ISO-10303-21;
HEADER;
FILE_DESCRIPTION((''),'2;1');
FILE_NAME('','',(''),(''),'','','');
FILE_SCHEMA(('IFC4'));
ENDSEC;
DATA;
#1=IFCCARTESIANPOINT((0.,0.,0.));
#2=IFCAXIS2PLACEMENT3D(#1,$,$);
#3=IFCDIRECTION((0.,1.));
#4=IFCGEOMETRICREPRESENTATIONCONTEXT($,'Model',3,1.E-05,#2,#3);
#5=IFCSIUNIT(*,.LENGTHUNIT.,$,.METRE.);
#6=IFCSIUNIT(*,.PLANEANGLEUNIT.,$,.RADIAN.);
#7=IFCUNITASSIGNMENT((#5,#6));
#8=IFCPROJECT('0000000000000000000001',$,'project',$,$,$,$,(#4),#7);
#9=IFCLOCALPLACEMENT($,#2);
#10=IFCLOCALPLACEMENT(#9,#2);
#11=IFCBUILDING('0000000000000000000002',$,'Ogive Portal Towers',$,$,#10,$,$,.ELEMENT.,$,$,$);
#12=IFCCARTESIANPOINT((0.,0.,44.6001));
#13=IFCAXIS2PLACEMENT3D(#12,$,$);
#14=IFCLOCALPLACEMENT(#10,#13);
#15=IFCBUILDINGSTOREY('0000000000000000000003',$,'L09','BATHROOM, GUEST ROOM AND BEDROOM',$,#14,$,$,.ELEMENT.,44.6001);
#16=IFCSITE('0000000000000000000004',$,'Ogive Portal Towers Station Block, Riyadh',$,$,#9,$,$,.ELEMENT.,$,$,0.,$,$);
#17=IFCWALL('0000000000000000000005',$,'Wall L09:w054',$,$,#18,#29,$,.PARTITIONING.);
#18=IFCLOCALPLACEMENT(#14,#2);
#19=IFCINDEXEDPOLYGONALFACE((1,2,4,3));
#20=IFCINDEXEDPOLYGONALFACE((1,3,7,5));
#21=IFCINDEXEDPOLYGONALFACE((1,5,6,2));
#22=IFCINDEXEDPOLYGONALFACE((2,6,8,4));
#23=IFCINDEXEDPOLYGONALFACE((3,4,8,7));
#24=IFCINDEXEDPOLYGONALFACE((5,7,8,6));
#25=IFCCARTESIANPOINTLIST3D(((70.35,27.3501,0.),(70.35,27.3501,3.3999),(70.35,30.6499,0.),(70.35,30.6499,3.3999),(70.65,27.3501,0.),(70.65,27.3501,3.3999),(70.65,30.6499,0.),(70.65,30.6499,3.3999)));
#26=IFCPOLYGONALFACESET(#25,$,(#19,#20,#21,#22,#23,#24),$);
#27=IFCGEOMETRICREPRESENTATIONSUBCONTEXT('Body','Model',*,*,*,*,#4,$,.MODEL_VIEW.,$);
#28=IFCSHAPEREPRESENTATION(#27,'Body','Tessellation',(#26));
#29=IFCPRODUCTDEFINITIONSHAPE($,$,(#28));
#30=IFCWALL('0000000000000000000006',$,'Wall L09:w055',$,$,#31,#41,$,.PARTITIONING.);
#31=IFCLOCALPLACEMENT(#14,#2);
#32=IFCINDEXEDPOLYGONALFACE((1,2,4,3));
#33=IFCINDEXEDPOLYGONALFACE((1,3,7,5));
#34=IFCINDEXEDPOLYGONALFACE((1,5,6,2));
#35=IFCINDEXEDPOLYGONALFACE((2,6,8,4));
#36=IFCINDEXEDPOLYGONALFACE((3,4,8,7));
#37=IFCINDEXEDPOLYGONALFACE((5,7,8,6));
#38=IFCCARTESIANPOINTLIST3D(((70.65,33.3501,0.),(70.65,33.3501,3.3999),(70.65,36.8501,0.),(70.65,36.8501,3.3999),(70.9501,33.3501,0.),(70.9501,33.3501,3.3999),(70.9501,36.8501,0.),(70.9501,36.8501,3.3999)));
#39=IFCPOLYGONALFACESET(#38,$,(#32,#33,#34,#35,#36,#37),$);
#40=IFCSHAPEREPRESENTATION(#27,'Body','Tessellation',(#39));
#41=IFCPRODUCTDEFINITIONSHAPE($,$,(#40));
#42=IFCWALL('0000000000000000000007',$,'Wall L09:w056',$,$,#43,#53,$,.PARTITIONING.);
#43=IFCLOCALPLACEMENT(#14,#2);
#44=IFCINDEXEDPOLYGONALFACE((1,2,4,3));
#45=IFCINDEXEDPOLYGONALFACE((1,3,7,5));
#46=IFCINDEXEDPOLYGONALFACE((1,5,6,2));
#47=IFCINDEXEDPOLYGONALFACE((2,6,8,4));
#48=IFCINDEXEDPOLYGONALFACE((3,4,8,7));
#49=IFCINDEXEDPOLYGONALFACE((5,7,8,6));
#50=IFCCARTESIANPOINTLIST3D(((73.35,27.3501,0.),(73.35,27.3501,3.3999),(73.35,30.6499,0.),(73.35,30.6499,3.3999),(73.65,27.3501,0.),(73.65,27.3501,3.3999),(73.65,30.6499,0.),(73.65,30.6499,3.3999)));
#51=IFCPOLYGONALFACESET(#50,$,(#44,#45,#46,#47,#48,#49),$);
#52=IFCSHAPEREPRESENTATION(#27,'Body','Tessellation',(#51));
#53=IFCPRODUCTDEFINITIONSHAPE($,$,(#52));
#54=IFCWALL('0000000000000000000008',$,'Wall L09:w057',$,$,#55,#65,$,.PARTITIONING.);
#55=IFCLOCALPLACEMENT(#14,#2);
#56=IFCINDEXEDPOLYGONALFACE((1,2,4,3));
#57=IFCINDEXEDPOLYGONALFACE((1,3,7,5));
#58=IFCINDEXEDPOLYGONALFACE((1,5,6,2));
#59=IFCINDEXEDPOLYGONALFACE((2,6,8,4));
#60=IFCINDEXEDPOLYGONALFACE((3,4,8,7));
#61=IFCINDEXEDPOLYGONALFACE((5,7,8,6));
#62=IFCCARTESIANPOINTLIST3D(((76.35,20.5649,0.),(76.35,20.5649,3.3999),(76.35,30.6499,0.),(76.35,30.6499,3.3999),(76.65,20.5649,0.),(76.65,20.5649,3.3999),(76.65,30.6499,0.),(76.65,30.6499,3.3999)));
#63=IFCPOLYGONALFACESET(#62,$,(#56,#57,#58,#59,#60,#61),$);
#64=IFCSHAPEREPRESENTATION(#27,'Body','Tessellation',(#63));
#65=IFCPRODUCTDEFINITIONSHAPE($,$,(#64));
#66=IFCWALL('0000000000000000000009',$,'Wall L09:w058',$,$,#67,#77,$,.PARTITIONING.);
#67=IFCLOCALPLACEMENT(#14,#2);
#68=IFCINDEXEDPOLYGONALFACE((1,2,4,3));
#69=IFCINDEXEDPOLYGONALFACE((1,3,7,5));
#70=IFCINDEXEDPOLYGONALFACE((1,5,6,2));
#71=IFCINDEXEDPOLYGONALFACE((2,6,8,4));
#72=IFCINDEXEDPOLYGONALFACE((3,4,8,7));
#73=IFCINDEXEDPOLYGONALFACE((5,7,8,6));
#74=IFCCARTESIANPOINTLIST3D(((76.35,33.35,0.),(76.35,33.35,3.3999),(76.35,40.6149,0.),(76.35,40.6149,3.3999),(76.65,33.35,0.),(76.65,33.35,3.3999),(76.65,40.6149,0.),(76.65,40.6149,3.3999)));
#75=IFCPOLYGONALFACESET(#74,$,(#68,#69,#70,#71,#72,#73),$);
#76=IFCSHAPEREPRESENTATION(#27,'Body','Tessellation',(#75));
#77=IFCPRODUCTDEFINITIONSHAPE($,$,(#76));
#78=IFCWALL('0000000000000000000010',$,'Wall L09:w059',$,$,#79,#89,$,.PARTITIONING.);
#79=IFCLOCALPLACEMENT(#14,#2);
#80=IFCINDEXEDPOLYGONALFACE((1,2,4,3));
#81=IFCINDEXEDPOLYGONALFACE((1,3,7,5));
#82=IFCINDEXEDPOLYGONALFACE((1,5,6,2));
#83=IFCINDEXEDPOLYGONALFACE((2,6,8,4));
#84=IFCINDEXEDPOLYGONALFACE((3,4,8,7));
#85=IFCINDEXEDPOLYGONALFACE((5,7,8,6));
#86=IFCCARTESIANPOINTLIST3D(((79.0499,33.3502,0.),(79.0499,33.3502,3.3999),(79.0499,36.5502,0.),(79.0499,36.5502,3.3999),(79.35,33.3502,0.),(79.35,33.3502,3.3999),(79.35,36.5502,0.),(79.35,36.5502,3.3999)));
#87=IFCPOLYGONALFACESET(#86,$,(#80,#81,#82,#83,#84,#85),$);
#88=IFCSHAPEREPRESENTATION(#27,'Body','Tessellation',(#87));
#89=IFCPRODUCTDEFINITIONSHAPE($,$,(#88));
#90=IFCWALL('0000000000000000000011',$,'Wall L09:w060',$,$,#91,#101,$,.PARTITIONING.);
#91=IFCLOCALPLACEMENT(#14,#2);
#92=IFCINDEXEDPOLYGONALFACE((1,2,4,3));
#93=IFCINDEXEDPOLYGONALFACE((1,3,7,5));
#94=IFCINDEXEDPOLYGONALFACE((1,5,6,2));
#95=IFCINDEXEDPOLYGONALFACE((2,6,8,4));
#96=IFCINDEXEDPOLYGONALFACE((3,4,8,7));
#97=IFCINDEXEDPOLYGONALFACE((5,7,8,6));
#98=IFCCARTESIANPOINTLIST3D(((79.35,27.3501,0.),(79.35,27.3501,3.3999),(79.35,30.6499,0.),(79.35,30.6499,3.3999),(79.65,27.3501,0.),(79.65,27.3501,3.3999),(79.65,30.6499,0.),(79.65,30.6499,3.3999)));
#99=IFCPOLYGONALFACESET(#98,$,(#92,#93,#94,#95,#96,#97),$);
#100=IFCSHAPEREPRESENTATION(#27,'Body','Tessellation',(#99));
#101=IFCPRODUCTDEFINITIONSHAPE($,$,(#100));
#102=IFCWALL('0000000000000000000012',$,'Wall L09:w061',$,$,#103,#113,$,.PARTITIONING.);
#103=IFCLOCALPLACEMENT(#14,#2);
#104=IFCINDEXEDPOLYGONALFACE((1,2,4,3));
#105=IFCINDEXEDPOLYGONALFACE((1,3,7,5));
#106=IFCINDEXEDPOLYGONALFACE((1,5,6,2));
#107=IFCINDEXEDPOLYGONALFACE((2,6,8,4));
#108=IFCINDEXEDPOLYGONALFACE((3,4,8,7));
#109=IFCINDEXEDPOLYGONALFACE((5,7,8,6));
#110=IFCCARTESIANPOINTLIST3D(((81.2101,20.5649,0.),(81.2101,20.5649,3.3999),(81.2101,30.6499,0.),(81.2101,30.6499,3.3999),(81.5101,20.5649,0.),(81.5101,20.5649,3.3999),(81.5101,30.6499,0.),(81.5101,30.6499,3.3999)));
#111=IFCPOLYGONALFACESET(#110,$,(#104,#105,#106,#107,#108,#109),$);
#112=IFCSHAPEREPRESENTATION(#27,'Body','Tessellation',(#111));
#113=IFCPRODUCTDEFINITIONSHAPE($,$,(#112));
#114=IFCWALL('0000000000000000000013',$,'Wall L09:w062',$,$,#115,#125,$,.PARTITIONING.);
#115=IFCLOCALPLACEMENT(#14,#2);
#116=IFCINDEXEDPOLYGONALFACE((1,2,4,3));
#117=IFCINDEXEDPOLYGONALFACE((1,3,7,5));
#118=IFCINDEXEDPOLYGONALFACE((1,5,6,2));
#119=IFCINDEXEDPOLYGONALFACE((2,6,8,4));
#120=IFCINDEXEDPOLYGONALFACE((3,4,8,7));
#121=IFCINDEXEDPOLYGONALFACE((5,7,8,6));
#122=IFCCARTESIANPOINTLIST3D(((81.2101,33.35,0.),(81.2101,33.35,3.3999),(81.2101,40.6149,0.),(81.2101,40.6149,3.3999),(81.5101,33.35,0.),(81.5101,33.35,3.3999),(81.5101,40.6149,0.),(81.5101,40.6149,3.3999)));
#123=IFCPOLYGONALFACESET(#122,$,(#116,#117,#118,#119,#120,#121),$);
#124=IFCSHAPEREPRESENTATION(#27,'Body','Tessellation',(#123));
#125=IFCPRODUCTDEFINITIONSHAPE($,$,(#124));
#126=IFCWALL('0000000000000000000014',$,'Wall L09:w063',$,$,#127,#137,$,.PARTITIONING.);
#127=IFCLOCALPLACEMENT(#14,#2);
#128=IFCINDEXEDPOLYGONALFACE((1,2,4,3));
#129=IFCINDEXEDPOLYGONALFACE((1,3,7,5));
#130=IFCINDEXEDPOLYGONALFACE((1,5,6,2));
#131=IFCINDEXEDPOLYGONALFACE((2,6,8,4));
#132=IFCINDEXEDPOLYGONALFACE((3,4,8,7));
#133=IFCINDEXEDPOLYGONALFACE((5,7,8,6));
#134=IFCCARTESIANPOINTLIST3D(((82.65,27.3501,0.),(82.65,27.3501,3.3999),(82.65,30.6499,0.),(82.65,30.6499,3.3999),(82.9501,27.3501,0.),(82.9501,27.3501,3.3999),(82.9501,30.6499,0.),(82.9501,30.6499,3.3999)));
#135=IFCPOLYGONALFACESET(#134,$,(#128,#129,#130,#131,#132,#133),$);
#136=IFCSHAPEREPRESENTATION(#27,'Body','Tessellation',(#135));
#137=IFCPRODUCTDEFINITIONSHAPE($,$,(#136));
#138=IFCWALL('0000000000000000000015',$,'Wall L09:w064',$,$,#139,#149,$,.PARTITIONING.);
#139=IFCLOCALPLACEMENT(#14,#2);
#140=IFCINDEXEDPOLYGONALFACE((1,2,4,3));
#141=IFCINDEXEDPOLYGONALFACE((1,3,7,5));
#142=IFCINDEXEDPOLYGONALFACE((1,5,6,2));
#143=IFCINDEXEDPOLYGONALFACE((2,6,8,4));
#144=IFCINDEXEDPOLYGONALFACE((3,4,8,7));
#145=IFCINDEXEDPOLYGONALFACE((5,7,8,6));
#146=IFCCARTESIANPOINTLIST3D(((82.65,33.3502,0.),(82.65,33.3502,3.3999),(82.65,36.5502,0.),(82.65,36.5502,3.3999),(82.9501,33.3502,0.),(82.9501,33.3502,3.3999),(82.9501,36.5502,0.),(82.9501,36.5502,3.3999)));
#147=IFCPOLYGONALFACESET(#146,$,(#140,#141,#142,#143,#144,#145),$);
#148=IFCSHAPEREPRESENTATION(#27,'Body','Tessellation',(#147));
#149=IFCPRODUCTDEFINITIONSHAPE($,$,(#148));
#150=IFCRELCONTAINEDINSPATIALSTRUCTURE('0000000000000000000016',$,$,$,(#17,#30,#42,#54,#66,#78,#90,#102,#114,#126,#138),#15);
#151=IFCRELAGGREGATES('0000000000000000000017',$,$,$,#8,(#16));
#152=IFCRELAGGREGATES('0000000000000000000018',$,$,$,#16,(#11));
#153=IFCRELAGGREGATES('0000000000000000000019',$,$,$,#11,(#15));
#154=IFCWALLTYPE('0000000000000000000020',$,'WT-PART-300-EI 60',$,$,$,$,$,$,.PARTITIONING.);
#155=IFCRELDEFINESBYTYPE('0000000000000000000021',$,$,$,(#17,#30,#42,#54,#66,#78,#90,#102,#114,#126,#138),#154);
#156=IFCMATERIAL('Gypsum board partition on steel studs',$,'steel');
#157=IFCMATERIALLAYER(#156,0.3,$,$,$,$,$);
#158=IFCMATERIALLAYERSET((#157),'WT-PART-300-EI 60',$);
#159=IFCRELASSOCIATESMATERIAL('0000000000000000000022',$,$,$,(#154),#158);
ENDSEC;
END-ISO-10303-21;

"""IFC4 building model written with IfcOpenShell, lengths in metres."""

from ifc_helpers import new_model, si_unit, direction, frame, frame_2d, origin, place, context, subcontext, project, spatial, rectangle, extrude, material, layer, layer_set, type_object, element, save


model = new_model("IFC4")

# Units and contexts
model_context = context("Model", 3, precision=1e-05, world=origin(), true_north=direction((0.0, 1.0)))
body_context = subcontext(model_context, "Body", "Model", "MODEL_VIEW")
ifc_project = project(units=[si_unit("LENGTHUNIT", "METRE"), si_unit("PLANEANGLEUNIT", "RADIAN")], contexts=[model_context])

# Site, building, storey
site_placement = place(None, origin())
site = spatial("IfcSite", under=ifc_project, at=site_placement, Name="Ogive Portal Towers Station Block, Riyadh", CompositionType="ELEMENT", RefElevation=0.0)
building_placement = place(site_placement, origin())
building = spatial("IfcBuilding", under=site, at=building_placement, Name="Ogive Portal Towers", CompositionType="ELEMENT")
storey_placement = place(building_placement, frame((0.0, 0.0, 44.6001)))
storey = spatial("IfcBuildingStorey", under=building, at=storey_placement, Name="L09", Description="BATHROOM, GUEST ROOM AND BEDROOM", CompositionType="ELEMENT", Elevation=44.6001)

# Shared definitions
ifc_material_1 = material(Name="Gypsum board partition on steel studs", Category="steel")
ifc_layer_1 = layer(ifc_material_1, 0.3)
ifc_layer_set_1 = layer_set([ifc_layer_1], Name="WT-PART-300-EI 60")
wall_type = type_object("IfcWallType", Name="WT-PART-300-EI 60", PredefinedType="PARTITIONING", material=ifc_layer_set_1)

# Walls
wall_1_placement = place(storey_placement, frame((70.5, 27.3501, 0.0), z_axis=(0.0, 0.0, 1.0), x_axis=(0.0, 1.0, 0.0)))
element("IfcWall", 1, at=wall_1_placement, inside=storey, type_object=wall_type, Name="Wall L09:w054", PredefinedType="PARTITIONING", context=body_context, shape_type="SweptSolid", body=[
    extrude(rectangle(XDim=3.2998, YDim=0.3, at=frame_2d((1.6499, 0.0))), origin(), (0.0, 0.0, 1.0), 3.3999),
])
wall_2_placement = place(storey_placement, frame((70.8, 33.3501, 0.0), z_axis=(0.0, 0.0, 1.0), x_axis=(0.0, 1.0, 0.0)))
element("IfcWall", 2, at=wall_2_placement, inside=storey, type_object=wall_type, Name="Wall L09:w055", PredefinedType="PARTITIONING", context=body_context, shape_type="SweptSolid", body=[
    extrude(rectangle(XDim=3.5, YDim=0.3, at=frame_2d((1.75, 0.0))), origin(), (0.0, 0.0, 1.0), 3.3999),
])
wall_3_placement = place(storey_placement, frame((73.5, 27.3501, 0.0), z_axis=(0.0, 0.0, 1.0), x_axis=(0.0, 1.0, 0.0)))
element("IfcWall", 3, at=wall_3_placement, inside=storey, type_object=wall_type, Name="Wall L09:w056", PredefinedType="PARTITIONING", context=body_context, shape_type="SweptSolid", body=[
    extrude(rectangle(XDim=3.2998, YDim=0.3, at=frame_2d((1.6499, 0.0))), origin(), (0.0, 0.0, 1.0), 3.3999),
])
wall_4_placement = place(storey_placement, frame((76.5, 20.5649, 0.0), z_axis=(0.0, 0.0, 1.0), x_axis=(0.0, 1.0, 0.0)))
element("IfcWall", 4, at=wall_4_placement, inside=storey, type_object=wall_type, Name="Wall L09:w057", PredefinedType="PARTITIONING", context=body_context, shape_type="SweptSolid", body=[
    extrude(rectangle(XDim=10.085, YDim=0.3, at=frame_2d((5.0425, 0.0))), origin(), (0.0, 0.0, 1.0), 3.3999),
])
wall_5_placement = place(storey_placement, frame((76.5, 33.3501, 0.0), z_axis=(0.0, 0.0, 1.0), x_axis=(0.0, 1.0, 0.0)))
element("IfcWall", 5, at=wall_5_placement, inside=storey, type_object=wall_type, Name="Wall L09:w058", PredefinedType="PARTITIONING", context=body_context, shape_type="SweptSolid", body=[
    extrude(rectangle(XDim=7.2649, YDim=0.3, at=frame_2d((3.6323, 0.0))), origin(), (0.0, 0.0, 1.0), 3.3999),
])
wall_6_placement = place(storey_placement, frame((79.2, 33.3501, 0.0), z_axis=(0.0, 0.0, 1.0), x_axis=(0.0, 1.0, 0.0)))
element("IfcWall", 6, at=wall_6_placement, inside=storey, type_object=wall_type, Name="Wall L09:w059", PredefinedType="PARTITIONING", context=body_context, shape_type="SweptSolid", body=[
    extrude(rectangle(XDim=3.2, YDim=0.3, at=frame_2d((1.6001, 0.0))), origin(), (0.0, 0.0, 1.0), 3.3999),
])
wall_7_placement = place(storey_placement, frame((79.5, 27.3501, 0.0), z_axis=(0.0, 0.0, 1.0), x_axis=(0.0, 1.0, 0.0)))
element("IfcWall", 7, at=wall_7_placement, inside=storey, type_object=wall_type, Name="Wall L09:w060", PredefinedType="PARTITIONING", context=body_context, shape_type="SweptSolid", body=[
    extrude(rectangle(XDim=3.2998, YDim=0.3, at=frame_2d((1.6499, 0.0))), origin(), (0.0, 0.0, 1.0), 3.3999),
])
wall_8_placement = place(storey_placement, frame((81.3601, 20.5649, 0.0), z_axis=(0.0, 0.0, 1.0), x_axis=(0.0, 1.0, 0.0)))
element("IfcWall", 8, at=wall_8_placement, inside=storey, type_object=wall_type, Name="Wall L09:w061", PredefinedType="PARTITIONING", context=body_context, shape_type="SweptSolid", body=[
    extrude(rectangle(XDim=10.085, YDim=0.3, at=frame_2d((5.0425, 0.0))), origin(), (0.0, 0.0, 1.0), 3.3999),
])
wall_9_placement = place(storey_placement, frame((81.3601, 33.3501, 0.0), z_axis=(0.0, 0.0, 1.0), x_axis=(0.0, 1.0, 0.0)))
element("IfcWall", 9, at=wall_9_placement, inside=storey, type_object=wall_type, Name="Wall L09:w062", PredefinedType="PARTITIONING", context=body_context, shape_type="SweptSolid", body=[
    extrude(rectangle(XDim=7.2649, YDim=0.3, at=frame_2d((3.6323, 0.0))), origin(), (0.0, 0.0, 1.0), 3.3999),
])
wall_10_placement = place(storey_placement, frame((82.8, 27.3501, 0.0), z_axis=(0.0, 0.0, 1.0), x_axis=(0.0, 1.0, 0.0)))
element("IfcWall", 10, at=wall_10_placement, inside=storey, type_object=wall_type, Name="Wall L09:w063", PredefinedType="PARTITIONING", context=body_context, shape_type="SweptSolid", body=[
    extrude(rectangle(XDim=3.2998, YDim=0.3, at=frame_2d((1.6499, 0.0))), origin(), (0.0, 0.0, 1.0), 3.3999),
])
wall_11_placement = place(storey_placement, frame((82.8, 33.3501, 0.0), z_axis=(0.0, 0.0, 1.0), x_axis=(0.0, 1.0, 0.0)))
element("IfcWall", 11, at=wall_11_placement, inside=storey, type_object=wall_type, Name="Wall L09:w064", PredefinedType="PARTITIONING", context=body_context, shape_type="SweptSolid", body=[
    extrude(rectangle(XDim=3.2, YDim=0.3, at=frame_2d((1.6001, 0.0))), origin(), (0.0, 0.0, 1.0), 3.3999),
])

save(model, "model.ifc")
